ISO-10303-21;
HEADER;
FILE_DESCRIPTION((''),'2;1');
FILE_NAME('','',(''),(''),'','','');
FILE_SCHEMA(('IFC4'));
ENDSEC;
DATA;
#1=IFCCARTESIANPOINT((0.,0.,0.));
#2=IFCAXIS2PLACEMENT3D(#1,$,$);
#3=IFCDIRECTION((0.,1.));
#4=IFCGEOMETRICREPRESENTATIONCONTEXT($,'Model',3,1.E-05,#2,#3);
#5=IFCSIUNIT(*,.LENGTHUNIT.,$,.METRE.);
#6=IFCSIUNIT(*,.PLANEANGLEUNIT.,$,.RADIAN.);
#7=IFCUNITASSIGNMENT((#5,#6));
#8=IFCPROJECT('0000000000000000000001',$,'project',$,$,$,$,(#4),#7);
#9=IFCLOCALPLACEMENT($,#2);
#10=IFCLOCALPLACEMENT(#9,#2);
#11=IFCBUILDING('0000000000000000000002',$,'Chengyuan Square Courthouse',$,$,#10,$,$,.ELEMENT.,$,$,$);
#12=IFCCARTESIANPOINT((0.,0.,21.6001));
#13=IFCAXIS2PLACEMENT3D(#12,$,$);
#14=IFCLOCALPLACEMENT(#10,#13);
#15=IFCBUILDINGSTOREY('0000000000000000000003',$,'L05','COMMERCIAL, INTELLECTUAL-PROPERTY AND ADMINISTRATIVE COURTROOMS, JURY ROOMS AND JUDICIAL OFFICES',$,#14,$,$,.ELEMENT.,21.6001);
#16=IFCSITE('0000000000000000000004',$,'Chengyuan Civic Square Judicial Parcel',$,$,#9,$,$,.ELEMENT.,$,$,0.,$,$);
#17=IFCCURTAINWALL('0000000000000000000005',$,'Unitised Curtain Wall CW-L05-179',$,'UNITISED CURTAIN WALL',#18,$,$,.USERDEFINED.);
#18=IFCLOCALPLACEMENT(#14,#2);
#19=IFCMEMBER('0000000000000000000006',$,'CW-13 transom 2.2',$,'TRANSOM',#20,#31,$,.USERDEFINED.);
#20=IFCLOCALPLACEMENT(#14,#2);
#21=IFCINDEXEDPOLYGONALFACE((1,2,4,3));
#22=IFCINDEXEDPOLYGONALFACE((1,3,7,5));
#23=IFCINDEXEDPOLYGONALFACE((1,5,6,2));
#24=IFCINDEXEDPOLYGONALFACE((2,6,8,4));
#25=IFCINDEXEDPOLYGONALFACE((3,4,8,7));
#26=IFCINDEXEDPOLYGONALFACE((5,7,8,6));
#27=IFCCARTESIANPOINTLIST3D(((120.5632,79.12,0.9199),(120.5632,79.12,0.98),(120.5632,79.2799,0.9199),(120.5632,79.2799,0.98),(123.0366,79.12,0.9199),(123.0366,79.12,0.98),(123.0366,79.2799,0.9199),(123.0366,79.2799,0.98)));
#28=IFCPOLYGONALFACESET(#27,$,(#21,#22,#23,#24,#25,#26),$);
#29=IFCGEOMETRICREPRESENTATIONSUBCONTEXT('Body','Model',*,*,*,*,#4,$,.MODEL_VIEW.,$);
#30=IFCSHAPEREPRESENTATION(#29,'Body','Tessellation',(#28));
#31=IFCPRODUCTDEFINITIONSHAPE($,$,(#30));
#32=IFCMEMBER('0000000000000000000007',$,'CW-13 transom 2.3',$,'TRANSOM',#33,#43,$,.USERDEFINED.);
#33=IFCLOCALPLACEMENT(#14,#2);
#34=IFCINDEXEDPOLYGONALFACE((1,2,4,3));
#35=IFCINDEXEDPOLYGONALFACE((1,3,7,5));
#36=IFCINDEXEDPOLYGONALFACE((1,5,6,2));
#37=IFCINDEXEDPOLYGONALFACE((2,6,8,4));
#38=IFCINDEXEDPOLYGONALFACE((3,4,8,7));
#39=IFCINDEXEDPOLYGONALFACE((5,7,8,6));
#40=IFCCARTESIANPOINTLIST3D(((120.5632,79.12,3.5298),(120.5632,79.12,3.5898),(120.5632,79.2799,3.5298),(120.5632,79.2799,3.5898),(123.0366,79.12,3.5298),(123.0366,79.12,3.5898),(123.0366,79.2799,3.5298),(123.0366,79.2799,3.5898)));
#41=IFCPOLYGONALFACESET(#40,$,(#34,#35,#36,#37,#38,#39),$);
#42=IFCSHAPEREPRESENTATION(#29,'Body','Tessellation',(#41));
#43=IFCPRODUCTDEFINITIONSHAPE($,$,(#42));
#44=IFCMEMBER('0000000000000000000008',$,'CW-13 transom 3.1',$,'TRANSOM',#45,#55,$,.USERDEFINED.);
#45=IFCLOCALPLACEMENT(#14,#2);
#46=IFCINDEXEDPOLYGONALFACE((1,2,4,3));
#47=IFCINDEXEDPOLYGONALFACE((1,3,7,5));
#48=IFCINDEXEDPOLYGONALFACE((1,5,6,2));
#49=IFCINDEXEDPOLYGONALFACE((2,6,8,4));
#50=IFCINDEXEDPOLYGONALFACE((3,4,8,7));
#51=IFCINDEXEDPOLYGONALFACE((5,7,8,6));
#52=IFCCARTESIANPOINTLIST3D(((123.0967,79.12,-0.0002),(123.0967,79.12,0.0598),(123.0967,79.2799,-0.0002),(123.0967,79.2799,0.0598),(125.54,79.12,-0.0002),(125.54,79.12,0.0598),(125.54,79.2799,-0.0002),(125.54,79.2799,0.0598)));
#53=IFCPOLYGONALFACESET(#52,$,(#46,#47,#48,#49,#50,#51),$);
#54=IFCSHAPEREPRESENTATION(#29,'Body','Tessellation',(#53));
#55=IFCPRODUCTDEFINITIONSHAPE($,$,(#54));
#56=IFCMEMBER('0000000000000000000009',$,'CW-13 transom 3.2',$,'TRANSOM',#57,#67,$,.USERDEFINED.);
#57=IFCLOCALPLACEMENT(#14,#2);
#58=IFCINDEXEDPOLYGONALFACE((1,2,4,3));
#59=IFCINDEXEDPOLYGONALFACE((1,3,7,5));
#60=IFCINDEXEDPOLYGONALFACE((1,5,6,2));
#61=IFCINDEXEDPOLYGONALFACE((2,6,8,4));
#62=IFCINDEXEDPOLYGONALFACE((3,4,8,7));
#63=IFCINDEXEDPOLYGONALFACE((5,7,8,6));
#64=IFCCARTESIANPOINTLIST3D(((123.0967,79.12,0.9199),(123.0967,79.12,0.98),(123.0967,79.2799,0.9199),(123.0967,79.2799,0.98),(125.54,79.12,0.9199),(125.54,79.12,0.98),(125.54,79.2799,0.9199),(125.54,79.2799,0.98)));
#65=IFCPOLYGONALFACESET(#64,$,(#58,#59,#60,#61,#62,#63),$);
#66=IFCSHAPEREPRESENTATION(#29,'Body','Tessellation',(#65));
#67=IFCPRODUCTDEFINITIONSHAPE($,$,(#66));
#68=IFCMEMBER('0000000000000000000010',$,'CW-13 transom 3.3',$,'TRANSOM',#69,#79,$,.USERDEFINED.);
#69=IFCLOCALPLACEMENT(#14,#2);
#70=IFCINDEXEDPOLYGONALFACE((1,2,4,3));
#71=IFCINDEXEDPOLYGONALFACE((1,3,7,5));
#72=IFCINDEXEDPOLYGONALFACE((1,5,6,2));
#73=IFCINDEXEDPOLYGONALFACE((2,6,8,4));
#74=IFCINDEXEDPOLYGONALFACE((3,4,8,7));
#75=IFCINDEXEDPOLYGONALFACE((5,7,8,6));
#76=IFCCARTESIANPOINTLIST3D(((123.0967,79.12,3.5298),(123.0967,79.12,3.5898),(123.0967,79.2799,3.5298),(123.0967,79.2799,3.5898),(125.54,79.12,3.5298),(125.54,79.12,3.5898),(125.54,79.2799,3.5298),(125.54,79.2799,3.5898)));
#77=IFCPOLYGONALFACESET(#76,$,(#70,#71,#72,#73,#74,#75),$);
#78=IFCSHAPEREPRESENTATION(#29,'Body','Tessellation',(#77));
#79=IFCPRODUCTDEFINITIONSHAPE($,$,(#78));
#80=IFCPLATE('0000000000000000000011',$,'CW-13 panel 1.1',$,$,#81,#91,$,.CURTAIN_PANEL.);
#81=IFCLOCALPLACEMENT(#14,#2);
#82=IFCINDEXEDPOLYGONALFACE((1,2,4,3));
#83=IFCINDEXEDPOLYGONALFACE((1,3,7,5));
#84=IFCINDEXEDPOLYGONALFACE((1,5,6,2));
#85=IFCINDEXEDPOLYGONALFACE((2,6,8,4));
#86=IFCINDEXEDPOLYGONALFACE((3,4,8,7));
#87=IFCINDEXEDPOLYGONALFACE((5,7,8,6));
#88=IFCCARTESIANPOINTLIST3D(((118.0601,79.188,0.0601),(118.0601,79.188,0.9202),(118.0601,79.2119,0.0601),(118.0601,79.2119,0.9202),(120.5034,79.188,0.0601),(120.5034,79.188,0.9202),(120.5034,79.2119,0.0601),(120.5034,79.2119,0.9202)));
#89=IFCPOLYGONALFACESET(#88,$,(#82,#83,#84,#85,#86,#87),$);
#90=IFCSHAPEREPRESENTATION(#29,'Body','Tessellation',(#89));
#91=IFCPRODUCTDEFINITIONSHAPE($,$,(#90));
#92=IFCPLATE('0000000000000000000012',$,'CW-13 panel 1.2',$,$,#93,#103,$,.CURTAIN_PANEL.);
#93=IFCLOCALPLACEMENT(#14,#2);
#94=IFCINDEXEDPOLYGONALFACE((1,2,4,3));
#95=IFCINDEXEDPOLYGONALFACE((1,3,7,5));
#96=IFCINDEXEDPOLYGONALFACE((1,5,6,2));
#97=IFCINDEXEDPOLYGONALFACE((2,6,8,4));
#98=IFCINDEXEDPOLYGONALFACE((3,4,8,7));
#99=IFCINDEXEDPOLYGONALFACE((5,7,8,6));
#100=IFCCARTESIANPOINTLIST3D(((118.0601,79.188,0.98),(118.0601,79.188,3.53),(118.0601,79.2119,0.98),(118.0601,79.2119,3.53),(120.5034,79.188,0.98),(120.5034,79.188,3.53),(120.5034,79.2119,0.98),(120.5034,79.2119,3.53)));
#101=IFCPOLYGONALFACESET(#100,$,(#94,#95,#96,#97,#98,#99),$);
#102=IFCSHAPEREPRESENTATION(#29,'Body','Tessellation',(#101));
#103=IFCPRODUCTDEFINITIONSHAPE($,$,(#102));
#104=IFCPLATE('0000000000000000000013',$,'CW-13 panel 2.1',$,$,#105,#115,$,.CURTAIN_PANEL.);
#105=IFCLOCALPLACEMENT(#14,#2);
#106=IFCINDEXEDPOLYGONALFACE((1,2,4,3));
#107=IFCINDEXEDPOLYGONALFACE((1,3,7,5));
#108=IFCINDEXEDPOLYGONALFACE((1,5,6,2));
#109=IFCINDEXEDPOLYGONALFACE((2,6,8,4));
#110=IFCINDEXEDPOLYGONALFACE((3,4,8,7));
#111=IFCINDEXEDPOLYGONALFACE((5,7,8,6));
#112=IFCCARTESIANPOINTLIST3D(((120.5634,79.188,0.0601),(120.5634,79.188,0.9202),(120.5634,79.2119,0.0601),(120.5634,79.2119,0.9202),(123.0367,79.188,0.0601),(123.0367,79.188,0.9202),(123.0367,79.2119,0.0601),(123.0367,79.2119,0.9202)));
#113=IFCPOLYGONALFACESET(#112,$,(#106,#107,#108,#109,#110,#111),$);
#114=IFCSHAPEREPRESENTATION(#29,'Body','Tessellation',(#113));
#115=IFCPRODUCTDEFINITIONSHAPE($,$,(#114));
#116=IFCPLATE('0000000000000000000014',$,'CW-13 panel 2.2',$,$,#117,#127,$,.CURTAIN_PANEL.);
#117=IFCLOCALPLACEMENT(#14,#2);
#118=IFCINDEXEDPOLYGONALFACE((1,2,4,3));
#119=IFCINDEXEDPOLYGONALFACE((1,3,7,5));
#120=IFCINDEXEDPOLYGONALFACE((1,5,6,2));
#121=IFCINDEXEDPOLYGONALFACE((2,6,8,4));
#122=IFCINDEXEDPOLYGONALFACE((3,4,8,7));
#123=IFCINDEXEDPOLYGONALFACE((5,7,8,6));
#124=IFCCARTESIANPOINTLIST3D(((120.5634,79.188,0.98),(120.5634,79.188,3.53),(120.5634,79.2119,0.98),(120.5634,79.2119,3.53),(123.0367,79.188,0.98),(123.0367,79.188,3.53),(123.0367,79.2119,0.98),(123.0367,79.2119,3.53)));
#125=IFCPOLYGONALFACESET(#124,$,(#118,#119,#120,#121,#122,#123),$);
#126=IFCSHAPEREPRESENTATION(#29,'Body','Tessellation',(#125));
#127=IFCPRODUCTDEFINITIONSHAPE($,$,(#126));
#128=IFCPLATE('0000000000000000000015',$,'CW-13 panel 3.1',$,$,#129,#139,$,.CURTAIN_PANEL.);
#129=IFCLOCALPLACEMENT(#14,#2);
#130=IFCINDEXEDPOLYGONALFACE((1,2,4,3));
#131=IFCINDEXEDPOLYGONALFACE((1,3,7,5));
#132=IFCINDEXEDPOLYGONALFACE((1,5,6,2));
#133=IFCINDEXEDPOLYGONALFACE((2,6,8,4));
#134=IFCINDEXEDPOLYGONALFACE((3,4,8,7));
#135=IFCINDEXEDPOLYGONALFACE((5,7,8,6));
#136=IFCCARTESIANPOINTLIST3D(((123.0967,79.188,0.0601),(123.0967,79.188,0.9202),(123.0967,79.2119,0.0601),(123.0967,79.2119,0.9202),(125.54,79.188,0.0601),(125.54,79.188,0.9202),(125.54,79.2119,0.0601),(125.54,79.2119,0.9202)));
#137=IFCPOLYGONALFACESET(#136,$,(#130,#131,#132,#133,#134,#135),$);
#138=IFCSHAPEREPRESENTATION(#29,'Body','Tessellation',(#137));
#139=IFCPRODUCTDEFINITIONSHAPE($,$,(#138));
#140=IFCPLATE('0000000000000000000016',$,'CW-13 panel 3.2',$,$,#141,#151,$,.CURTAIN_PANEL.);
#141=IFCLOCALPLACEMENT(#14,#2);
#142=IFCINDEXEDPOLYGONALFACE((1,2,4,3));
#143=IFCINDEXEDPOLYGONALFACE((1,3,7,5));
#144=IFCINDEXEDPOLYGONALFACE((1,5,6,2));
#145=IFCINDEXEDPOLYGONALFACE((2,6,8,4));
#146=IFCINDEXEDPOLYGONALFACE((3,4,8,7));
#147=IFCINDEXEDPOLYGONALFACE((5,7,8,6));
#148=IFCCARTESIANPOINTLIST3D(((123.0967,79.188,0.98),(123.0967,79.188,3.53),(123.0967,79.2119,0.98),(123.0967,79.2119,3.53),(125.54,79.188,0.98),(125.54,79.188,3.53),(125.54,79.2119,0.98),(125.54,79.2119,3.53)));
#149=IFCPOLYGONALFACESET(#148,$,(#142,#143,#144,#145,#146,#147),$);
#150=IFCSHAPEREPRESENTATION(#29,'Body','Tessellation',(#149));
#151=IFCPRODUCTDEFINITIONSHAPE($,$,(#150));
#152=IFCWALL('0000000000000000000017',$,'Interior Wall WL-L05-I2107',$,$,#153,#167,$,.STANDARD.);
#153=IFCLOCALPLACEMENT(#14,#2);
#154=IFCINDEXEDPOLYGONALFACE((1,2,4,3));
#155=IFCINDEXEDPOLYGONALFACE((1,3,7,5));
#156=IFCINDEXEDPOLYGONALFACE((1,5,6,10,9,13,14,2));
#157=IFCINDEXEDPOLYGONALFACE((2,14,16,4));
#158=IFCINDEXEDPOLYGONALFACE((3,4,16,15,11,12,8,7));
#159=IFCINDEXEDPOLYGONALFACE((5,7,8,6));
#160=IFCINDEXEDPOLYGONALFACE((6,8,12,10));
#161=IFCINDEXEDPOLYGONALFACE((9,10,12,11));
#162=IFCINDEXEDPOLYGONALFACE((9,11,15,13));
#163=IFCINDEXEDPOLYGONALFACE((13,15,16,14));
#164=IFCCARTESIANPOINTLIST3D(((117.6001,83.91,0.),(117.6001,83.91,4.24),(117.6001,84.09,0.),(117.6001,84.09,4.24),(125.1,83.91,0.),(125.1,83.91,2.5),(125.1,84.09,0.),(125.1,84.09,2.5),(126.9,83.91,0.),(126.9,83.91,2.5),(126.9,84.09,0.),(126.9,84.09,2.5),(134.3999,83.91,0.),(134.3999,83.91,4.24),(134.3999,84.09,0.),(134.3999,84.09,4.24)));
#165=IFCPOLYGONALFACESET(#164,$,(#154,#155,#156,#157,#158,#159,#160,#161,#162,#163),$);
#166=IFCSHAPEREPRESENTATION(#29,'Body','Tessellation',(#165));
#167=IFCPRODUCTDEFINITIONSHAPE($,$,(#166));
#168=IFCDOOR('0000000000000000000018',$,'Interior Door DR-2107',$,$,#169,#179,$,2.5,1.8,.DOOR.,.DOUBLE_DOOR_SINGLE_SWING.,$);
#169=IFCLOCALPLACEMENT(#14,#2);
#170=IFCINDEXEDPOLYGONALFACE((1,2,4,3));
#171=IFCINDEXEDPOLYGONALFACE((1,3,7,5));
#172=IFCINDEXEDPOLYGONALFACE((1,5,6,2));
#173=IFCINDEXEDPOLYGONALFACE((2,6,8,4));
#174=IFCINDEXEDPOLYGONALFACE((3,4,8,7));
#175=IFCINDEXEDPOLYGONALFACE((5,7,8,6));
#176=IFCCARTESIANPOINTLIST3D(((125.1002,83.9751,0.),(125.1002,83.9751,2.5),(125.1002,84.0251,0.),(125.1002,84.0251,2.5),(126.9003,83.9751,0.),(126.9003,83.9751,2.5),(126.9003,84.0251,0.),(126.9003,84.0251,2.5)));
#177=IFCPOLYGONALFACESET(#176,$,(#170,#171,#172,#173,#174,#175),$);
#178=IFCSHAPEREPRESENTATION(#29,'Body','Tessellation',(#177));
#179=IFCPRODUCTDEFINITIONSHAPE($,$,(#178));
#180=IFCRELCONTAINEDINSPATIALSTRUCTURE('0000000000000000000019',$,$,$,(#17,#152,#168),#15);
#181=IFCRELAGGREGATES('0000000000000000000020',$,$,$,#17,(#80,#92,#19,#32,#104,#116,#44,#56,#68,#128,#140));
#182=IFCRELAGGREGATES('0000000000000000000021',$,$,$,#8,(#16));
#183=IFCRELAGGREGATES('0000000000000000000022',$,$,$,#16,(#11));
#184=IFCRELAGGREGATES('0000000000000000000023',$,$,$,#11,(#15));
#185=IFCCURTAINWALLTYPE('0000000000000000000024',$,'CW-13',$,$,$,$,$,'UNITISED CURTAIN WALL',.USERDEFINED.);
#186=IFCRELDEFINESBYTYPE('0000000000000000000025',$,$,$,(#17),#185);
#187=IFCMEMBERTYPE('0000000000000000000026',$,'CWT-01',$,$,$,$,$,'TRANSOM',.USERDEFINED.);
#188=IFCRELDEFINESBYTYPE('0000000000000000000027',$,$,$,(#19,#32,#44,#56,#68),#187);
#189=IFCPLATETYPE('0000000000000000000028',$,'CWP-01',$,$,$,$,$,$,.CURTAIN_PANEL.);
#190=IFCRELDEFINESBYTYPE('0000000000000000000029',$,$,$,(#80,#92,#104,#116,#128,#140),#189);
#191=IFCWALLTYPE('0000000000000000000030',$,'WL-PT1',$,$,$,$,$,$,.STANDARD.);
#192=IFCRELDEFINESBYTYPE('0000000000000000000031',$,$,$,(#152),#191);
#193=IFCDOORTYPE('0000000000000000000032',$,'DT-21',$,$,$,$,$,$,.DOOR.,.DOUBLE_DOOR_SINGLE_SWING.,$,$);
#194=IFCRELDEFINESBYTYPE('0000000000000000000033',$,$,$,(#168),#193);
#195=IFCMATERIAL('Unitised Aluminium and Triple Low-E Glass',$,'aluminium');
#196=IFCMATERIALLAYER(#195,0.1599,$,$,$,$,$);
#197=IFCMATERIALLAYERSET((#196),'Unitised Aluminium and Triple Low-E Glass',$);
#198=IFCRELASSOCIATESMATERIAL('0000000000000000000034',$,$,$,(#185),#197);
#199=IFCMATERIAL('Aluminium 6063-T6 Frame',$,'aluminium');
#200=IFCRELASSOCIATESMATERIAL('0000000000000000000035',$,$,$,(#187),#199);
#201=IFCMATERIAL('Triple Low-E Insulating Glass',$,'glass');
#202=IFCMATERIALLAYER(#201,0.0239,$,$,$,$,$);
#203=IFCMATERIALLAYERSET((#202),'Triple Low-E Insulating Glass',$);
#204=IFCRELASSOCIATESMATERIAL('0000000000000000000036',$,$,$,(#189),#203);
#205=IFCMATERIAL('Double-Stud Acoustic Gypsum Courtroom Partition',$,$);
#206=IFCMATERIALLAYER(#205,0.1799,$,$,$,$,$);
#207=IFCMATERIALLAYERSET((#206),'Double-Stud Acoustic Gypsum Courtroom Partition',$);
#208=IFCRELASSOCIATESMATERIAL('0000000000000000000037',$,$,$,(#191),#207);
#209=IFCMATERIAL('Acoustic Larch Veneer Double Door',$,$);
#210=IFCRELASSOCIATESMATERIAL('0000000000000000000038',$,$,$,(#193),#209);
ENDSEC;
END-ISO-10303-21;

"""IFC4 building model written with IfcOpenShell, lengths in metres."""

from ifc_helpers import new_model, si_unit, direction, frame, frame_2d, origin, origin_2d, place, context, subcontext, project, spatial, rectangle, extrude, material, layer, layer_set, material_profile, profile_set, type_object, element, fill, aggregate, save


model = new_model("IFC4")

# Units and contexts
model_context = context("Model", 3, precision=1e-05, world=origin(), true_north=direction((0.0, 1.0)))
body_context = subcontext(model_context, "Body", "Model", "MODEL_VIEW")
ifc_project = project(units=[si_unit("LENGTHUNIT", "METRE"), si_unit("PLANEANGLEUNIT", "RADIAN")], contexts=[model_context])

# Site, building, storey
site_placement = place(None, origin())
site = spatial("IfcSite", under=ifc_project, at=site_placement, Name="Chengyuan Civic Square Judicial Parcel", CompositionType="ELEMENT", RefElevation=0.0)
building_placement = place(site_placement, origin())
building = spatial("IfcBuilding", under=site, at=building_placement, Name="Chengyuan Square Courthouse", CompositionType="ELEMENT")
storey_placement = place(building_placement, frame((0.0, 0.0, 21.6001)))
storey = spatial("IfcBuildingStorey", under=building, at=storey_placement, Name="L05", Description="COMMERCIAL, INTELLECTUAL-PROPERTY AND ADMINISTRATIVE COURTROOMS, JURY ROOMS AND JUDICIAL OFFICES", CompositionType="ELEMENT", Elevation=21.6001)

# Curtain wall, members, plates
ifc_material_1 = material(Name="Unitised Aluminium and Triple Low-E Glass", Category="aluminium")
ifc_layer_1 = layer(ifc_material_1, 0.1599)
ifc_layer_set_1 = layer_set([ifc_layer_1], Name="Unitised Aluminium and Triple Low-E Glass")
curtain_wall_type = type_object("IfcCurtainWallType", Name="CW-13", ElementType="UNITISED CURTAIN WALL", PredefinedType="USERDEFINED", material=ifc_layer_set_1)
curtain_wall_placement = place(storey_placement, origin())
curtain_wall = element("IfcCurtainWall", 1, at=curtain_wall_placement, inside=storey, type_object=curtain_wall_type, Name="Unitised Curtain Wall CW-L05-179", ObjectType="UNITISED CURTAIN WALL", PredefinedType="USERDEFINED")
ifc_material_2 = material(Name="Aluminium 6063-T6 Frame", Category="aluminium")
ifc_material_profile_1 = material_profile(ifc_material_2, rectangle(XDim=0.1599, YDim=0.0601, at=origin_2d()), Name="CW-TRN-60x120")
ifc_profile_set_1 = profile_set([ifc_material_profile_1], Name="Aluminium 6063-T6 Frame")
member_type_1 = type_object("IfcMemberType", Name="CWT-01", ElementType="TRANSOM", PredefinedType="USERDEFINED", material=ifc_profile_set_1)
member_1_placement = place(storey_placement, frame((120.5632, 79.2, 0.95), z_axis=(1.0, 0.0, 0.0), x_axis=(0.0, 1.0, 0.0)))
member_1 = element("IfcMember", 2, at=member_1_placement, type_object=member_type_1, Name="CW-13 transom 2.2", ObjectType="TRANSOM", PredefinedType="USERDEFINED", context=body_context, shape_type="SweptSolid", body=[
    extrude(rectangle(XDim=0.1599, YDim=0.0601, at=origin_2d()), origin(), (0.0, 0.0, 1.0), 2.4734),
])
member_2_placement = place(storey_placement, frame((120.5632, 79.2, 3.5598), z_axis=(1.0, 0.0, 0.0), x_axis=(0.0, 1.0, 0.0)))
member_2 = element("IfcMember", 3, at=member_2_placement, type_object=member_type_1, Name="CW-13 transom 2.3", ObjectType="TRANSOM", PredefinedType="USERDEFINED", context=body_context, shape_type="SweptSolid", body=[
    extrude(rectangle(XDim=0.1599, YDim=0.0601, at=origin_2d()), origin(), (0.0, 0.0, 1.0), 2.4734),
])
member_3_placement = place(storey_placement, frame((123.0967, 79.2, 0.0298), z_axis=(1.0, 0.0, 0.0), x_axis=(0.0, 1.0, 0.0)))
member_3 = element("IfcMember", 4, at=member_3_placement, type_object=member_type_1, Name="CW-13 transom 3.1", ObjectType="TRANSOM", PredefinedType="USERDEFINED", context=body_context, shape_type="SweptSolid", body=[
    extrude(rectangle(XDim=0.1599, YDim=0.0601, at=origin_2d()), origin(), (0.0, 0.0, 1.0), 2.4434),
])
member_4_placement = place(storey_placement, frame((123.0967, 79.2, 0.95), z_axis=(1.0, 0.0, 0.0), x_axis=(0.0, 1.0, 0.0)))
member_4 = element("IfcMember", 5, at=member_4_placement, type_object=member_type_1, Name="CW-13 transom 3.2", ObjectType="TRANSOM", PredefinedType="USERDEFINED", context=body_context, shape_type="SweptSolid", body=[
    extrude(rectangle(XDim=0.1599, YDim=0.0601, at=origin_2d()), origin(), (0.0, 0.0, 1.0), 2.4434),
])
member_5_placement = place(storey_placement, frame((123.0967, 79.2, 3.5598), z_axis=(1.0, 0.0, 0.0), x_axis=(0.0, 1.0, 0.0)))
member_5 = element("IfcMember", 6, at=member_5_placement, type_object=member_type_1, Name="CW-13 transom 3.3", ObjectType="TRANSOM", PredefinedType="USERDEFINED", context=body_context, shape_type="SweptSolid", body=[
    extrude(rectangle(XDim=0.1599, YDim=0.0601, at=origin_2d()), origin(), (0.0, 0.0, 1.0), 2.4434),
])
ifc_material_3 = material(Name="Triple Low-E Insulating Glass", Category="glass")
ifc_layer_2 = layer(ifc_material_3, 0.0239)
ifc_layer_set_2 = layer_set([ifc_layer_2], Name="Triple Low-E Insulating Glass")
plate_type = type_object("IfcPlateType", Name="CWP-01", PredefinedType="CURTAIN_PANEL", material=ifc_layer_set_2)
plate_1_placement = place(storey_placement, frame((119.2817, 79.2, 0.0601), z_axis=(0.0, 0.0, 1.0), x_axis=(1.0, 0.0, 0.0)))
plate_1 = element("IfcPlate", 7, at=plate_1_placement, type_object=plate_type, Name="CW-13 panel 1.1", PredefinedType="CURTAIN_PANEL", context=body_context, shape_type="SweptSolid", body=[
    extrude(rectangle(XDim=2.4434, YDim=0.0239, at=origin_2d()), origin(), (0.0, 0.0, 1.0), 0.8601),
])
plate_2_placement = place(storey_placement, frame((119.2817, 79.2, 0.98), z_axis=(0.0, 0.0, 1.0), x_axis=(1.0, 0.0, 0.0)))
plate_2 = element("IfcPlate", 8, at=plate_2_placement, type_object=plate_type, Name="CW-13 panel 1.2", PredefinedType="CURTAIN_PANEL", context=body_context, shape_type="SweptSolid", body=[
    extrude(rectangle(XDim=2.4434, YDim=0.0239, at=origin_2d()), origin(), (0.0, 0.0, 1.0), 2.55),
])
plate_3_placement = place(storey_placement, frame((121.8, 79.2, 0.0601), z_axis=(0.0, 0.0, 1.0), x_axis=(1.0, 0.0, 0.0)))
plate_3 = element("IfcPlate", 9, at=plate_3_placement, type_object=plate_type, Name="CW-13 panel 2.1", PredefinedType="CURTAIN_PANEL", context=body_context, shape_type="SweptSolid", body=[
    extrude(rectangle(XDim=2.4734, YDim=0.0239, at=origin_2d()), origin(), (0.0, 0.0, 1.0), 0.8601),
])
plate_4_placement = place(storey_placement, frame((121.8, 79.2, 0.98), z_axis=(0.0, 0.0, 1.0), x_axis=(1.0, 0.0, 0.0)))
plate_4 = element("IfcPlate", 10, at=plate_4_placement, type_object=plate_type, Name="CW-13 panel 2.2", PredefinedType="CURTAIN_PANEL", context=body_context, shape_type="SweptSolid", body=[
    extrude(rectangle(XDim=2.4734, YDim=0.0239, at=origin_2d()), origin(), (0.0, 0.0, 1.0), 2.55),
])
plate_5_placement = place(storey_placement, frame((124.3184, 79.2, 0.0601), z_axis=(0.0, 0.0, 1.0), x_axis=(1.0, 0.0, 0.0)))
plate_5 = element("IfcPlate", 11, at=plate_5_placement, type_object=plate_type, Name="CW-13 panel 3.1", PredefinedType="CURTAIN_PANEL", context=body_context, shape_type="SweptSolid", body=[
    extrude(rectangle(XDim=2.4434, YDim=0.0239, at=origin_2d()), origin(), (0.0, 0.0, 1.0), 0.8601),
])
plate_6_placement = place(storey_placement, frame((124.3184, 79.2, 0.98), z_axis=(0.0, 0.0, 1.0), x_axis=(1.0, 0.0, 0.0)))
plate_6 = element("IfcPlate", 12, at=plate_6_placement, type_object=plate_type, Name="CW-13 panel 3.2", PredefinedType="CURTAIN_PANEL", context=body_context, shape_type="SweptSolid", body=[
    extrude(rectangle(XDim=2.4434, YDim=0.0239, at=origin_2d()), origin(), (0.0, 0.0, 1.0), 2.55),
])
aggregate(curtain_wall, [plate_1, plate_2, member_1, member_2, plate_3, plate_4, member_3, member_4, member_5, plate_5, plate_6])

# Wall, opening, door
ifc_material_4 = material(Name="Double-Stud Acoustic Gypsum Courtroom Partition")
ifc_layer_3 = layer(ifc_material_4, 0.1799)
ifc_layer_set_3 = layer_set([ifc_layer_3], Name="Double-Stud Acoustic Gypsum Courtroom Partition")
wall_type_1 = type_object("IfcWallType", Name="WL-PT1", PredefinedType="STANDARD", material=ifc_layer_set_3)
wall_1_placement = place(storey_placement, frame((117.6001, 84.0, 0.0), z_axis=(0.0, 0.0, 1.0), x_axis=(1.0, 0.0, 0.0)))
wall_1 = element("IfcWall", 13, at=wall_1_placement, inside=storey, type_object=wall_type_1, Name="Interior Wall WL-L05-I2107", PredefinedType="STANDARD", context=body_context, shape_type="SweptSolid", body=[
    extrude(rectangle(XDim=16.7998, YDim=0.1799, at=frame_2d((8.3999, 0.0))), origin(), (0.0, 0.0, 1.0), 4.24),
])
opening_placement = place(wall_1_placement, frame((7.5, 0.0, 0.0)))
opening = element("IfcOpeningElement", 14, at=opening_placement, cuts=wall_1, PredefinedType="OPENING", context=body_context, shape_type="SweptSolid", body=[
    extrude(rectangle(XDim=1.8, YDim=2.5, at=frame_2d((0.8999, 1.25))), frame((0.0, 0.1021, 0.0), z_axis=(0.0, -1.0, 0.0), x_axis=(1.0, 0.0, 0.0)), (0.0, 0.0, 1.0), 0.2039),
])
ifc_material_5 = material(Name="Acoustic Larch Veneer Double Door")
door_type = type_object("IfcDoorType", Name="DT-21", OperationType="DOUBLE_DOOR_SINGLE_SWING", PredefinedType="DOOR", material=ifc_material_5)
door_placement = place(opening_placement, frame((1.8, 0.0, 0.0), z_axis=(0.0, 0.0, 1.0), x_axis=(-1.0, 0.0, 0.0)))
door = element("IfcDoor", 15, at=door_placement, inside=storey, type_object=door_type, Name="Interior Door DR-2107", OperationType="DOUBLE_DOOR_SINGLE_SWING", OverallHeight=2.5, OverallWidth=1.8, PredefinedType="DOOR", context=body_context, shape_type="SweptSolid", body=[
    extrude(rectangle(XDim=1.8, YDim=2.5, at=frame_2d((0.8999, 1.25))), frame((0.0, 0.0249, 0.0), z_axis=(0.0, -1.0, 0.0), x_axis=(1.0, 0.0, 0.0)), (0.0, 0.0, 1.0), 0.05),
])
fill(opening, door)

save(model, "model.ifc")
